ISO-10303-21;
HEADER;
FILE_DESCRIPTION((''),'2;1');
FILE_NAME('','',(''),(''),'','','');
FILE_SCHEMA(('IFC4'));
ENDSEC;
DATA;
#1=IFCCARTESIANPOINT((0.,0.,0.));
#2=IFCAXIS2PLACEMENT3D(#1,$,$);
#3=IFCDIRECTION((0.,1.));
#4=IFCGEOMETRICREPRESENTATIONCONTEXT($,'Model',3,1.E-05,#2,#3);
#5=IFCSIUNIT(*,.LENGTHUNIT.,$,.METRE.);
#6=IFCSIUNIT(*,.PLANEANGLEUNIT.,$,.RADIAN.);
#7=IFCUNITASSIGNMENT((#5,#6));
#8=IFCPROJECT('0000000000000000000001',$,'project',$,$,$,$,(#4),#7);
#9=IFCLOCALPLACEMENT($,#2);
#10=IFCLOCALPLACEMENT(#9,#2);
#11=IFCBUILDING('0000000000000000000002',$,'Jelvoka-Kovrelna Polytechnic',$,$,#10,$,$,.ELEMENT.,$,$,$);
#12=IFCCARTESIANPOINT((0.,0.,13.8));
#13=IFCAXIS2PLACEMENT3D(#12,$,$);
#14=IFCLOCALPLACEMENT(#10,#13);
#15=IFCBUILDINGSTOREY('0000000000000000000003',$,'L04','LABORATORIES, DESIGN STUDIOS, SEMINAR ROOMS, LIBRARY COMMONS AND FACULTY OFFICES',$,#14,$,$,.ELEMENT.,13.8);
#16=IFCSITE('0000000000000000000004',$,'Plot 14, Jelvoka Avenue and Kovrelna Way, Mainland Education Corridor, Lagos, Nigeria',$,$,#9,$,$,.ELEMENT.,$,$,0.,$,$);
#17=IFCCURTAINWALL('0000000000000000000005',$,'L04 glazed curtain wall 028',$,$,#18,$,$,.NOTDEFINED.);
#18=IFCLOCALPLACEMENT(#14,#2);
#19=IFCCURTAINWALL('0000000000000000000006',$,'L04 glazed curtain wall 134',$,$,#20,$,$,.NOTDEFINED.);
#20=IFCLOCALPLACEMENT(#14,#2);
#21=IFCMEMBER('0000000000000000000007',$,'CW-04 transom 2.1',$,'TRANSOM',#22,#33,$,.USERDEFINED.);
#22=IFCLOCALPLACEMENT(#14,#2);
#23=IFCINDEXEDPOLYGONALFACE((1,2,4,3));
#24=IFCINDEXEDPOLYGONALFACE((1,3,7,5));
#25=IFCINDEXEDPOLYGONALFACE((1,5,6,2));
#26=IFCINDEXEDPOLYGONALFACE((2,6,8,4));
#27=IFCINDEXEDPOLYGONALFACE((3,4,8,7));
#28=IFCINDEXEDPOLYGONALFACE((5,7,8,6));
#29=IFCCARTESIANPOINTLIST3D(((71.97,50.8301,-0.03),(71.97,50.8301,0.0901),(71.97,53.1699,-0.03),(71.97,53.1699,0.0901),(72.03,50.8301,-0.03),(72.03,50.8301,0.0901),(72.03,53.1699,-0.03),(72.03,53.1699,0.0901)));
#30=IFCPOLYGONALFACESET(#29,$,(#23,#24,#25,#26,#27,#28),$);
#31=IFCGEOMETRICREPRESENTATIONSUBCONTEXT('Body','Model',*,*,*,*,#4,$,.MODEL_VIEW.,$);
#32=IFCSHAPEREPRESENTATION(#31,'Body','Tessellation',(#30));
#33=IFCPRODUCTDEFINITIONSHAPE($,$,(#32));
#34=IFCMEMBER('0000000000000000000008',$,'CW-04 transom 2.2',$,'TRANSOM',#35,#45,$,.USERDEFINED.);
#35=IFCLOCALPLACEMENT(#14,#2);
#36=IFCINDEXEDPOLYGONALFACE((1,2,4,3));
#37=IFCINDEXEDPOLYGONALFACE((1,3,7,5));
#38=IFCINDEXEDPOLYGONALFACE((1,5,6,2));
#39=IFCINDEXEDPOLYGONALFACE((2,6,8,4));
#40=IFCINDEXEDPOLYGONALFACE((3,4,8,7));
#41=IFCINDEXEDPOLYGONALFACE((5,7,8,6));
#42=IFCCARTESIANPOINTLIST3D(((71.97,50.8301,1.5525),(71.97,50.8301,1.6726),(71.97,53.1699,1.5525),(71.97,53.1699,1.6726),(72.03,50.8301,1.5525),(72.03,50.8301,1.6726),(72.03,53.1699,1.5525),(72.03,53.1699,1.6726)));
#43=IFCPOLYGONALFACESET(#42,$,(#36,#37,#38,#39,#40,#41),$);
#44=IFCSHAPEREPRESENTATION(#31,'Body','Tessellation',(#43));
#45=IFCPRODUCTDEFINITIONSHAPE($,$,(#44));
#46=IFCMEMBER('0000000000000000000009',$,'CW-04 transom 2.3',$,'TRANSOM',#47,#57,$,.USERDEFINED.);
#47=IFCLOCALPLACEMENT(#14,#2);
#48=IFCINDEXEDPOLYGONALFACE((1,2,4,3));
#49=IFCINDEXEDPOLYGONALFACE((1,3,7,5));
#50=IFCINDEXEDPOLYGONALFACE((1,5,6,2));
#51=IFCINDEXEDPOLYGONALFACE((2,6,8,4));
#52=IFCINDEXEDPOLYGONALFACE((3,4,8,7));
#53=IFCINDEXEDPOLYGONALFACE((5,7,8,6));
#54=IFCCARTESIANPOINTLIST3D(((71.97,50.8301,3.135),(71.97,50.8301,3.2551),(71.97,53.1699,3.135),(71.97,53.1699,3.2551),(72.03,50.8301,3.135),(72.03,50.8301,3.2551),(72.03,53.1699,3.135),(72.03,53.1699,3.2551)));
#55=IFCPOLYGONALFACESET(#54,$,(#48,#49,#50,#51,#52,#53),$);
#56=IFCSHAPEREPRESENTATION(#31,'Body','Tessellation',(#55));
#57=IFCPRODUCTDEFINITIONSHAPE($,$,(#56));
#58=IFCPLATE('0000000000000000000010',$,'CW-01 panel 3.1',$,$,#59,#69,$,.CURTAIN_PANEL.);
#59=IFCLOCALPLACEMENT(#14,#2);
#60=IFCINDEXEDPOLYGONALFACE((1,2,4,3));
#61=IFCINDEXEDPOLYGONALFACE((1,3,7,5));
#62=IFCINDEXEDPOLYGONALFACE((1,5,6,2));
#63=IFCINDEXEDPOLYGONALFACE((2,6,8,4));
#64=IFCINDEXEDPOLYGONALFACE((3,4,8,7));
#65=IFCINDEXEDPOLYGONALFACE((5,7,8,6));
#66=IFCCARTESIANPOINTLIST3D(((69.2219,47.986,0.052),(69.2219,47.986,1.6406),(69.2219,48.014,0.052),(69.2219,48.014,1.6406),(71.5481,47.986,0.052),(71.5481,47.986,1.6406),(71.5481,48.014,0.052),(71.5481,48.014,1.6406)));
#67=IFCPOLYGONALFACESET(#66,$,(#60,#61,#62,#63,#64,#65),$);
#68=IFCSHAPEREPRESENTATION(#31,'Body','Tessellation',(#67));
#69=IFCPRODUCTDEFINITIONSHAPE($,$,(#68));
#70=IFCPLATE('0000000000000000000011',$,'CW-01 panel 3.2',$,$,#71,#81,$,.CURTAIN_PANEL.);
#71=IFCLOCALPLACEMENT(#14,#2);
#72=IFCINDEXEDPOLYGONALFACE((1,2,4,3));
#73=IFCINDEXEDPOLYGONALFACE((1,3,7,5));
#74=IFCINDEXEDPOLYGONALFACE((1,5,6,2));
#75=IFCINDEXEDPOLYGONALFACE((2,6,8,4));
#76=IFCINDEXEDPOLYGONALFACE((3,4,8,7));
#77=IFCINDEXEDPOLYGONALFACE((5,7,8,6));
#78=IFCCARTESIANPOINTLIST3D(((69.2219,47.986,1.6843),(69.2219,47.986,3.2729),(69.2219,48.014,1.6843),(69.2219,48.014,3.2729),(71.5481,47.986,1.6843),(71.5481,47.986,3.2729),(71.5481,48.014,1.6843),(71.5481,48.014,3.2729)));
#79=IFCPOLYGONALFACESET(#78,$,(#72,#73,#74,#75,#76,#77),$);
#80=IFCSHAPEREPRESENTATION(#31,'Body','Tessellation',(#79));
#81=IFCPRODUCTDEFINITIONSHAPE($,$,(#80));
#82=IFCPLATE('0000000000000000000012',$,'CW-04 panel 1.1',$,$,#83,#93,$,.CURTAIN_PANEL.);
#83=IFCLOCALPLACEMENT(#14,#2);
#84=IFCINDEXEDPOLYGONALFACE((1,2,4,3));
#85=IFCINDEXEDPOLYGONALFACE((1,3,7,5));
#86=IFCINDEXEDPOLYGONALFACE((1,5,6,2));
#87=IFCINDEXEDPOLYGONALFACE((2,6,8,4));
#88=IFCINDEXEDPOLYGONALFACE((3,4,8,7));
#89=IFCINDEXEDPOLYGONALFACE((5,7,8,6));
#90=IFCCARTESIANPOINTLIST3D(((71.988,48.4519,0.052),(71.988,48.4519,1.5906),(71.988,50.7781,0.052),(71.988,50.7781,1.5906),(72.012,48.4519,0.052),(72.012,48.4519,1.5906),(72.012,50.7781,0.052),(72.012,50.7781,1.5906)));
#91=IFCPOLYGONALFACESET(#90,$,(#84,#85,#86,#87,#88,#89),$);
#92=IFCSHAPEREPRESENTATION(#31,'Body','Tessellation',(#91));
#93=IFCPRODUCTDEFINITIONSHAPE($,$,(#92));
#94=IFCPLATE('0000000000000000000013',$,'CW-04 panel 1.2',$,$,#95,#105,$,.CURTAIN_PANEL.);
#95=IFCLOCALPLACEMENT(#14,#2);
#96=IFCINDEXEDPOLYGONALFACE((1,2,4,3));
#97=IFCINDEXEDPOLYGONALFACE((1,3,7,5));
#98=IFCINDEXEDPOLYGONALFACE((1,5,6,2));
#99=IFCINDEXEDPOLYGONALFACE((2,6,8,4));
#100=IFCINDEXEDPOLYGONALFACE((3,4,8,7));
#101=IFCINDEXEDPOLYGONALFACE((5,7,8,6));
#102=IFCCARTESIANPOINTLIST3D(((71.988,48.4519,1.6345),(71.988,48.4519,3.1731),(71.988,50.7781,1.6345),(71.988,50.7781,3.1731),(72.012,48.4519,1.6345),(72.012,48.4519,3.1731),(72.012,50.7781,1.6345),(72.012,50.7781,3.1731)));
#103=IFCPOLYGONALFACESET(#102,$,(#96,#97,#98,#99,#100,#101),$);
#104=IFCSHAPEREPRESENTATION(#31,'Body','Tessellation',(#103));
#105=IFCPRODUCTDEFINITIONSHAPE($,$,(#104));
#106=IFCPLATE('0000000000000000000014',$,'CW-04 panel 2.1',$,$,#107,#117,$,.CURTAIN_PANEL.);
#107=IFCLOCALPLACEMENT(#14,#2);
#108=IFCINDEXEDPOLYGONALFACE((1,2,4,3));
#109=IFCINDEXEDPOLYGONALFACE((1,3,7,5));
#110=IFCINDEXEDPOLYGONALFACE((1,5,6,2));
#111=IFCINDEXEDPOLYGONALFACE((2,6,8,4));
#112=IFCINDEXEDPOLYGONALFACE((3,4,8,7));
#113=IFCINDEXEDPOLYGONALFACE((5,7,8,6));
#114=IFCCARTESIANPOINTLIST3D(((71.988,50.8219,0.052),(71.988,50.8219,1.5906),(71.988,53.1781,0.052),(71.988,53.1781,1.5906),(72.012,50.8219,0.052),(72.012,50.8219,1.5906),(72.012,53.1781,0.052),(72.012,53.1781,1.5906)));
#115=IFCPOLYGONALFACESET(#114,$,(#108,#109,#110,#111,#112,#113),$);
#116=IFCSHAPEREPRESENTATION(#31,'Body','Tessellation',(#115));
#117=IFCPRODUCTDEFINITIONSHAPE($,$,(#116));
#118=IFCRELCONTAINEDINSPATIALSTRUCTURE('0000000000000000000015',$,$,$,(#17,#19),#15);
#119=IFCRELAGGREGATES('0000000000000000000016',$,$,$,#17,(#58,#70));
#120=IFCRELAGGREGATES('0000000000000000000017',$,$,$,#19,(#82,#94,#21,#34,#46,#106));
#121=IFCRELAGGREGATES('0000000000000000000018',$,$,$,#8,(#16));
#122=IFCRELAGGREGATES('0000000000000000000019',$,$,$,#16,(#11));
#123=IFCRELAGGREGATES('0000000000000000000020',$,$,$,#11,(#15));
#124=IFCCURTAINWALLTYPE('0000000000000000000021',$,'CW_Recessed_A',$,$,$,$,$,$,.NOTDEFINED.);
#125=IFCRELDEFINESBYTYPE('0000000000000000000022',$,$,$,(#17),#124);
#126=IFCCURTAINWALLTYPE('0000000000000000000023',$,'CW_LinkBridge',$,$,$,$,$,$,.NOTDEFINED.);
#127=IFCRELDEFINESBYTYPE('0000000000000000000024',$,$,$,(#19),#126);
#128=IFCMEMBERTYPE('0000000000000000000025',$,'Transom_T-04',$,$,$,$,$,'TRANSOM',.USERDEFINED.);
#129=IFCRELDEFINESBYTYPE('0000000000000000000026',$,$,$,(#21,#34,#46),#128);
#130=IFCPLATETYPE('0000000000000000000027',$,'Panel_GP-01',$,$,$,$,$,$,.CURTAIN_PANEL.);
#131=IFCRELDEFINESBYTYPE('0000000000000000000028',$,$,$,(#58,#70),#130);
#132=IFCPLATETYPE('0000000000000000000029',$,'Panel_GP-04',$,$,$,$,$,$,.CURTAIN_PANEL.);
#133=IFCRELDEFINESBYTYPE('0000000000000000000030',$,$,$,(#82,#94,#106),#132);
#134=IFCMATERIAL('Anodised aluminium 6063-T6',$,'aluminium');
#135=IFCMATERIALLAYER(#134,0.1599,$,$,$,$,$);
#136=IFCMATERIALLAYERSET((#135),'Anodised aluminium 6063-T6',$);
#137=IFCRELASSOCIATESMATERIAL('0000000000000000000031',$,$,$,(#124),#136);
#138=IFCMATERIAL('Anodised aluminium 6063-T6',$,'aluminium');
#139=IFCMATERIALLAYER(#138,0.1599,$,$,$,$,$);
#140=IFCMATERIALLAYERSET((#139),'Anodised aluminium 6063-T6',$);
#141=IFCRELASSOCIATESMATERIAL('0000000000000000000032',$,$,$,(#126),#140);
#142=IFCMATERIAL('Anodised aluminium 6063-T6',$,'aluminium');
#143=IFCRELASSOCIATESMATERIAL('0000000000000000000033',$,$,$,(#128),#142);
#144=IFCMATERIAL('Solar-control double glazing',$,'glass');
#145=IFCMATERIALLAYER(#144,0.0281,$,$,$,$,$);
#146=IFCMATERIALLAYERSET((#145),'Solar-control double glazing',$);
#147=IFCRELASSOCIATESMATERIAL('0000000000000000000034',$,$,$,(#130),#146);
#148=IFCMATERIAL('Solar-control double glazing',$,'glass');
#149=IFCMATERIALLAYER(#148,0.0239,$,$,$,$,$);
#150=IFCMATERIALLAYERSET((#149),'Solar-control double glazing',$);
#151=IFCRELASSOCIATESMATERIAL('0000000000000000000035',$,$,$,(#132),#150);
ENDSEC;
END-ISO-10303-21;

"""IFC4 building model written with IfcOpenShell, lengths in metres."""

from ifc_helpers import new_model, si_unit, direction, frame, origin, origin_2d, place, context, subcontext, project, spatial, rectangle, extrude, material, layer, layer_set, material_profile, profile_set, type_object, element, aggregate, save


model = new_model("IFC4")

# Units and contexts
model_context = context("Model", 3, precision=1e-05, world=origin(), true_north=direction((0.0, 1.0)))
body_context = subcontext(model_context, "Body", "Model", "MODEL_VIEW")
ifc_project = project(units=[si_unit("LENGTHUNIT", "METRE"), si_unit("PLANEANGLEUNIT", "RADIAN")], contexts=[model_context])

# Site, building, storey
site_placement = place(None, origin())
site = spatial("IfcSite", under=ifc_project, at=site_placement, Name="Plot 14, Jelvoka Avenue and Kovrelna Way, Mainland Education Corridor, Lagos, Nigeria", CompositionType="ELEMENT", RefElevation=0.0)
building_placement = place(site_placement, origin())
building = spatial("IfcBuilding", under=site, at=building_placement, Name="Jelvoka-Kovrelna Polytechnic", CompositionType="ELEMENT")
storey_placement = place(building_placement, frame((0.0, 0.0, 13.8)))
storey = spatial("IfcBuildingStorey", under=building, at=storey_placement, Name="L04", Description="LABORATORIES, DESIGN STUDIOS, SEMINAR ROOMS, LIBRARY COMMONS AND FACULTY OFFICES", CompositionType="ELEMENT", Elevation=13.8)

# Curtain walls
ifc_material_1 = material(Name="Anodised aluminium 6063-T6", Category="aluminium")
ifc_layer_1 = layer(ifc_material_1, 0.1599)
ifc_layer_set_1 = layer_set([ifc_layer_1], Name="Anodised aluminium 6063-T6")
curtain_wall_type_1 = type_object("IfcCurtainWallType", Name="CW_Recessed_A", PredefinedType="NOTDEFINED", material=ifc_layer_set_1)
curtain_wall_1_placement = place(storey_placement, origin())
curtain_wall_1 = element("IfcCurtainWall", 1, at=curtain_wall_1_placement, inside=storey, type_object=curtain_wall_type_1, Name="L04 glazed curtain wall 028", PredefinedType="NOTDEFINED")
ifc_material_2 = material(Name="Anodised aluminium 6063-T6", Category="aluminium")
ifc_layer_2 = layer(ifc_material_2, 0.1599)
ifc_layer_set_2 = layer_set([ifc_layer_2], Name="Anodised aluminium 6063-T6")
curtain_wall_type_2 = type_object("IfcCurtainWallType", Name="CW_LinkBridge", PredefinedType="NOTDEFINED", material=ifc_layer_set_2)
curtain_wall_2_placement = place(storey_placement, origin())
curtain_wall_2 = element("IfcCurtainWall", 2, at=curtain_wall_2_placement, inside=storey, type_object=curtain_wall_type_2, Name="L04 glazed curtain wall 134", PredefinedType="NOTDEFINED")

# Members
ifc_material_3 = material(Name="Anodised aluminium 6063-T6", Category="aluminium")
ifc_material_profile_1 = material_profile(ifc_material_3, rectangle(XDim=0.0601, YDim=0.1201, at=origin_2d()), Name="ALU 60x120")
ifc_profile_set_1 = profile_set([ifc_material_profile_1], Name="Anodised aluminium 6063-T6")
member_type_1 = type_object("IfcMemberType", Name="Transom_T-04", ElementType="TRANSOM", PredefinedType="USERDEFINED", material=ifc_profile_set_1)
member_1_placement = place(storey_placement, frame((72.0, 50.8301, 0.03), z_axis=(0.0, 1.0, 0.0), x_axis=(-1.0, 0.0, 0.0)))
member_1 = element("IfcMember", 3, at=member_1_placement, type_object=member_type_1, Name="CW-04 transom 2.1", ObjectType="TRANSOM", PredefinedType="USERDEFINED", context=body_context, shape_type="SweptSolid", body=[
    extrude(rectangle(XDim=0.0601, YDim=0.1201, at=origin_2d()), origin(), (0.0, 0.0, 1.0), 2.3398),
])
member_2_placement = place(storey_placement, frame((72.0, 50.8301, 1.6125), z_axis=(0.0, 1.0, 0.0), x_axis=(-1.0, 0.0, 0.0)))
member_2 = element("IfcMember", 4, at=member_2_placement, type_object=member_type_1, Name="CW-04 transom 2.2", ObjectType="TRANSOM", PredefinedType="USERDEFINED", context=body_context, shape_type="SweptSolid", body=[
    extrude(rectangle(XDim=0.0601, YDim=0.1201, at=origin_2d()), origin(), (0.0, 0.0, 1.0), 2.3398),
])
member_3_placement = place(storey_placement, frame((72.0, 50.8301, 3.1951), z_axis=(0.0, 1.0, 0.0), x_axis=(-1.0, 0.0, 0.0)))
member_3 = element("IfcMember", 5, at=member_3_placement, type_object=member_type_1, Name="CW-04 transom 2.3", ObjectType="TRANSOM", PredefinedType="USERDEFINED", context=body_context, shape_type="SweptSolid", body=[
    extrude(rectangle(XDim=0.0601, YDim=0.1201, at=origin_2d()), origin(), (0.0, 0.0, 1.0), 2.3398),
])

# Plates
ifc_material_4 = material(Name="Solar-control double glazing", Category="glass")
ifc_layer_3 = layer(ifc_material_4, 0.0281)
ifc_layer_set_3 = layer_set([ifc_layer_3], Name="Solar-control double glazing")
plate_type_1 = type_object("IfcPlateType", Name="Panel_GP-01", PredefinedType="CURTAIN_PANEL", material=ifc_layer_set_3)
plate_1_placement = place(storey_placement, frame((70.385, 48.0, 0.052), z_axis=(0.0, 0.0, 1.0), x_axis=(1.0, 0.0, 0.0)))
plate_1 = element("IfcPlate", 6, at=plate_1_placement, type_object=plate_type_1, Name="CW-01 panel 3.1", PredefinedType="CURTAIN_PANEL", context=body_context, shape_type="SweptSolid", body=[
    extrude(rectangle(XDim=2.3262, YDim=0.0281, at=origin_2d()), origin(), (0.0, 0.0, 1.0), 1.5886),
])
plate_2_placement = place(storey_placement, frame((70.385, 48.0, 1.6843), z_axis=(0.0, 0.0, 1.0), x_axis=(1.0, 0.0, 0.0)))
plate_2 = element("IfcPlate", 7, at=plate_2_placement, type_object=plate_type_1, Name="CW-01 panel 3.2", PredefinedType="CURTAIN_PANEL", context=body_context, shape_type="SweptSolid", body=[
    extrude(rectangle(XDim=2.3262, YDim=0.0281, at=origin_2d()), origin(), (0.0, 0.0, 1.0), 1.5886),
])
aggregate(curtain_wall_1, [plate_1, plate_2])
ifc_material_5 = material(Name="Solar-control double glazing", Category="glass")
ifc_layer_4 = layer(ifc_material_5, 0.0239)
ifc_layer_set_4 = layer_set([ifc_layer_4], Name="Solar-control double glazing")
plate_type_2 = type_object("IfcPlateType", Name="Panel_GP-04", PredefinedType="CURTAIN_PANEL", material=ifc_layer_set_4)
plate_3_placement = place(storey_placement, frame((72.0, 49.615, 0.052), z_axis=(0.0, 0.0, 1.0), x_axis=(0.0, 1.0, 0.0)))
plate_3 = element("IfcPlate", 8, at=plate_3_placement, type_object=plate_type_2, Name="CW-04 panel 1.1", PredefinedType="CURTAIN_PANEL", context=body_context, shape_type="SweptSolid", body=[
    extrude(rectangle(XDim=2.3262, YDim=0.0239, at=origin_2d()), origin(), (0.0, 0.0, 1.0), 1.5386),
])
plate_4_placement = place(storey_placement, frame((72.0, 49.615, 1.6345), z_axis=(0.0, 0.0, 1.0), x_axis=(0.0, 1.0, 0.0)))
plate_4 = element("IfcPlate", 9, at=plate_4_placement, type_object=plate_type_2, Name="CW-04 panel 1.2", PredefinedType="CURTAIN_PANEL", context=body_context, shape_type="SweptSolid", body=[
    extrude(rectangle(XDim=2.3262, YDim=0.0239, at=origin_2d()), origin(), (0.0, 0.0, 1.0), 1.5386),
])
plate_5_placement = place(storey_placement, frame((72.0, 52.0, 0.052), z_axis=(0.0, 0.0, 1.0), x_axis=(0.0, 1.0, 0.0)))
plate_5 = element("IfcPlate", 10, at=plate_5_placement, type_object=plate_type_2, Name="CW-04 panel 2.1", PredefinedType="CURTAIN_PANEL", context=body_context, shape_type="SweptSolid", body=[
    extrude(rectangle(XDim=2.3562, YDim=0.0239, at=origin_2d()), origin(), (0.0, 0.0, 1.0), 1.5386),
])
aggregate(curtain_wall_2, [plate_3, plate_4, member_1, member_2, member_3, plate_5])

save(model, "model.ifc")
